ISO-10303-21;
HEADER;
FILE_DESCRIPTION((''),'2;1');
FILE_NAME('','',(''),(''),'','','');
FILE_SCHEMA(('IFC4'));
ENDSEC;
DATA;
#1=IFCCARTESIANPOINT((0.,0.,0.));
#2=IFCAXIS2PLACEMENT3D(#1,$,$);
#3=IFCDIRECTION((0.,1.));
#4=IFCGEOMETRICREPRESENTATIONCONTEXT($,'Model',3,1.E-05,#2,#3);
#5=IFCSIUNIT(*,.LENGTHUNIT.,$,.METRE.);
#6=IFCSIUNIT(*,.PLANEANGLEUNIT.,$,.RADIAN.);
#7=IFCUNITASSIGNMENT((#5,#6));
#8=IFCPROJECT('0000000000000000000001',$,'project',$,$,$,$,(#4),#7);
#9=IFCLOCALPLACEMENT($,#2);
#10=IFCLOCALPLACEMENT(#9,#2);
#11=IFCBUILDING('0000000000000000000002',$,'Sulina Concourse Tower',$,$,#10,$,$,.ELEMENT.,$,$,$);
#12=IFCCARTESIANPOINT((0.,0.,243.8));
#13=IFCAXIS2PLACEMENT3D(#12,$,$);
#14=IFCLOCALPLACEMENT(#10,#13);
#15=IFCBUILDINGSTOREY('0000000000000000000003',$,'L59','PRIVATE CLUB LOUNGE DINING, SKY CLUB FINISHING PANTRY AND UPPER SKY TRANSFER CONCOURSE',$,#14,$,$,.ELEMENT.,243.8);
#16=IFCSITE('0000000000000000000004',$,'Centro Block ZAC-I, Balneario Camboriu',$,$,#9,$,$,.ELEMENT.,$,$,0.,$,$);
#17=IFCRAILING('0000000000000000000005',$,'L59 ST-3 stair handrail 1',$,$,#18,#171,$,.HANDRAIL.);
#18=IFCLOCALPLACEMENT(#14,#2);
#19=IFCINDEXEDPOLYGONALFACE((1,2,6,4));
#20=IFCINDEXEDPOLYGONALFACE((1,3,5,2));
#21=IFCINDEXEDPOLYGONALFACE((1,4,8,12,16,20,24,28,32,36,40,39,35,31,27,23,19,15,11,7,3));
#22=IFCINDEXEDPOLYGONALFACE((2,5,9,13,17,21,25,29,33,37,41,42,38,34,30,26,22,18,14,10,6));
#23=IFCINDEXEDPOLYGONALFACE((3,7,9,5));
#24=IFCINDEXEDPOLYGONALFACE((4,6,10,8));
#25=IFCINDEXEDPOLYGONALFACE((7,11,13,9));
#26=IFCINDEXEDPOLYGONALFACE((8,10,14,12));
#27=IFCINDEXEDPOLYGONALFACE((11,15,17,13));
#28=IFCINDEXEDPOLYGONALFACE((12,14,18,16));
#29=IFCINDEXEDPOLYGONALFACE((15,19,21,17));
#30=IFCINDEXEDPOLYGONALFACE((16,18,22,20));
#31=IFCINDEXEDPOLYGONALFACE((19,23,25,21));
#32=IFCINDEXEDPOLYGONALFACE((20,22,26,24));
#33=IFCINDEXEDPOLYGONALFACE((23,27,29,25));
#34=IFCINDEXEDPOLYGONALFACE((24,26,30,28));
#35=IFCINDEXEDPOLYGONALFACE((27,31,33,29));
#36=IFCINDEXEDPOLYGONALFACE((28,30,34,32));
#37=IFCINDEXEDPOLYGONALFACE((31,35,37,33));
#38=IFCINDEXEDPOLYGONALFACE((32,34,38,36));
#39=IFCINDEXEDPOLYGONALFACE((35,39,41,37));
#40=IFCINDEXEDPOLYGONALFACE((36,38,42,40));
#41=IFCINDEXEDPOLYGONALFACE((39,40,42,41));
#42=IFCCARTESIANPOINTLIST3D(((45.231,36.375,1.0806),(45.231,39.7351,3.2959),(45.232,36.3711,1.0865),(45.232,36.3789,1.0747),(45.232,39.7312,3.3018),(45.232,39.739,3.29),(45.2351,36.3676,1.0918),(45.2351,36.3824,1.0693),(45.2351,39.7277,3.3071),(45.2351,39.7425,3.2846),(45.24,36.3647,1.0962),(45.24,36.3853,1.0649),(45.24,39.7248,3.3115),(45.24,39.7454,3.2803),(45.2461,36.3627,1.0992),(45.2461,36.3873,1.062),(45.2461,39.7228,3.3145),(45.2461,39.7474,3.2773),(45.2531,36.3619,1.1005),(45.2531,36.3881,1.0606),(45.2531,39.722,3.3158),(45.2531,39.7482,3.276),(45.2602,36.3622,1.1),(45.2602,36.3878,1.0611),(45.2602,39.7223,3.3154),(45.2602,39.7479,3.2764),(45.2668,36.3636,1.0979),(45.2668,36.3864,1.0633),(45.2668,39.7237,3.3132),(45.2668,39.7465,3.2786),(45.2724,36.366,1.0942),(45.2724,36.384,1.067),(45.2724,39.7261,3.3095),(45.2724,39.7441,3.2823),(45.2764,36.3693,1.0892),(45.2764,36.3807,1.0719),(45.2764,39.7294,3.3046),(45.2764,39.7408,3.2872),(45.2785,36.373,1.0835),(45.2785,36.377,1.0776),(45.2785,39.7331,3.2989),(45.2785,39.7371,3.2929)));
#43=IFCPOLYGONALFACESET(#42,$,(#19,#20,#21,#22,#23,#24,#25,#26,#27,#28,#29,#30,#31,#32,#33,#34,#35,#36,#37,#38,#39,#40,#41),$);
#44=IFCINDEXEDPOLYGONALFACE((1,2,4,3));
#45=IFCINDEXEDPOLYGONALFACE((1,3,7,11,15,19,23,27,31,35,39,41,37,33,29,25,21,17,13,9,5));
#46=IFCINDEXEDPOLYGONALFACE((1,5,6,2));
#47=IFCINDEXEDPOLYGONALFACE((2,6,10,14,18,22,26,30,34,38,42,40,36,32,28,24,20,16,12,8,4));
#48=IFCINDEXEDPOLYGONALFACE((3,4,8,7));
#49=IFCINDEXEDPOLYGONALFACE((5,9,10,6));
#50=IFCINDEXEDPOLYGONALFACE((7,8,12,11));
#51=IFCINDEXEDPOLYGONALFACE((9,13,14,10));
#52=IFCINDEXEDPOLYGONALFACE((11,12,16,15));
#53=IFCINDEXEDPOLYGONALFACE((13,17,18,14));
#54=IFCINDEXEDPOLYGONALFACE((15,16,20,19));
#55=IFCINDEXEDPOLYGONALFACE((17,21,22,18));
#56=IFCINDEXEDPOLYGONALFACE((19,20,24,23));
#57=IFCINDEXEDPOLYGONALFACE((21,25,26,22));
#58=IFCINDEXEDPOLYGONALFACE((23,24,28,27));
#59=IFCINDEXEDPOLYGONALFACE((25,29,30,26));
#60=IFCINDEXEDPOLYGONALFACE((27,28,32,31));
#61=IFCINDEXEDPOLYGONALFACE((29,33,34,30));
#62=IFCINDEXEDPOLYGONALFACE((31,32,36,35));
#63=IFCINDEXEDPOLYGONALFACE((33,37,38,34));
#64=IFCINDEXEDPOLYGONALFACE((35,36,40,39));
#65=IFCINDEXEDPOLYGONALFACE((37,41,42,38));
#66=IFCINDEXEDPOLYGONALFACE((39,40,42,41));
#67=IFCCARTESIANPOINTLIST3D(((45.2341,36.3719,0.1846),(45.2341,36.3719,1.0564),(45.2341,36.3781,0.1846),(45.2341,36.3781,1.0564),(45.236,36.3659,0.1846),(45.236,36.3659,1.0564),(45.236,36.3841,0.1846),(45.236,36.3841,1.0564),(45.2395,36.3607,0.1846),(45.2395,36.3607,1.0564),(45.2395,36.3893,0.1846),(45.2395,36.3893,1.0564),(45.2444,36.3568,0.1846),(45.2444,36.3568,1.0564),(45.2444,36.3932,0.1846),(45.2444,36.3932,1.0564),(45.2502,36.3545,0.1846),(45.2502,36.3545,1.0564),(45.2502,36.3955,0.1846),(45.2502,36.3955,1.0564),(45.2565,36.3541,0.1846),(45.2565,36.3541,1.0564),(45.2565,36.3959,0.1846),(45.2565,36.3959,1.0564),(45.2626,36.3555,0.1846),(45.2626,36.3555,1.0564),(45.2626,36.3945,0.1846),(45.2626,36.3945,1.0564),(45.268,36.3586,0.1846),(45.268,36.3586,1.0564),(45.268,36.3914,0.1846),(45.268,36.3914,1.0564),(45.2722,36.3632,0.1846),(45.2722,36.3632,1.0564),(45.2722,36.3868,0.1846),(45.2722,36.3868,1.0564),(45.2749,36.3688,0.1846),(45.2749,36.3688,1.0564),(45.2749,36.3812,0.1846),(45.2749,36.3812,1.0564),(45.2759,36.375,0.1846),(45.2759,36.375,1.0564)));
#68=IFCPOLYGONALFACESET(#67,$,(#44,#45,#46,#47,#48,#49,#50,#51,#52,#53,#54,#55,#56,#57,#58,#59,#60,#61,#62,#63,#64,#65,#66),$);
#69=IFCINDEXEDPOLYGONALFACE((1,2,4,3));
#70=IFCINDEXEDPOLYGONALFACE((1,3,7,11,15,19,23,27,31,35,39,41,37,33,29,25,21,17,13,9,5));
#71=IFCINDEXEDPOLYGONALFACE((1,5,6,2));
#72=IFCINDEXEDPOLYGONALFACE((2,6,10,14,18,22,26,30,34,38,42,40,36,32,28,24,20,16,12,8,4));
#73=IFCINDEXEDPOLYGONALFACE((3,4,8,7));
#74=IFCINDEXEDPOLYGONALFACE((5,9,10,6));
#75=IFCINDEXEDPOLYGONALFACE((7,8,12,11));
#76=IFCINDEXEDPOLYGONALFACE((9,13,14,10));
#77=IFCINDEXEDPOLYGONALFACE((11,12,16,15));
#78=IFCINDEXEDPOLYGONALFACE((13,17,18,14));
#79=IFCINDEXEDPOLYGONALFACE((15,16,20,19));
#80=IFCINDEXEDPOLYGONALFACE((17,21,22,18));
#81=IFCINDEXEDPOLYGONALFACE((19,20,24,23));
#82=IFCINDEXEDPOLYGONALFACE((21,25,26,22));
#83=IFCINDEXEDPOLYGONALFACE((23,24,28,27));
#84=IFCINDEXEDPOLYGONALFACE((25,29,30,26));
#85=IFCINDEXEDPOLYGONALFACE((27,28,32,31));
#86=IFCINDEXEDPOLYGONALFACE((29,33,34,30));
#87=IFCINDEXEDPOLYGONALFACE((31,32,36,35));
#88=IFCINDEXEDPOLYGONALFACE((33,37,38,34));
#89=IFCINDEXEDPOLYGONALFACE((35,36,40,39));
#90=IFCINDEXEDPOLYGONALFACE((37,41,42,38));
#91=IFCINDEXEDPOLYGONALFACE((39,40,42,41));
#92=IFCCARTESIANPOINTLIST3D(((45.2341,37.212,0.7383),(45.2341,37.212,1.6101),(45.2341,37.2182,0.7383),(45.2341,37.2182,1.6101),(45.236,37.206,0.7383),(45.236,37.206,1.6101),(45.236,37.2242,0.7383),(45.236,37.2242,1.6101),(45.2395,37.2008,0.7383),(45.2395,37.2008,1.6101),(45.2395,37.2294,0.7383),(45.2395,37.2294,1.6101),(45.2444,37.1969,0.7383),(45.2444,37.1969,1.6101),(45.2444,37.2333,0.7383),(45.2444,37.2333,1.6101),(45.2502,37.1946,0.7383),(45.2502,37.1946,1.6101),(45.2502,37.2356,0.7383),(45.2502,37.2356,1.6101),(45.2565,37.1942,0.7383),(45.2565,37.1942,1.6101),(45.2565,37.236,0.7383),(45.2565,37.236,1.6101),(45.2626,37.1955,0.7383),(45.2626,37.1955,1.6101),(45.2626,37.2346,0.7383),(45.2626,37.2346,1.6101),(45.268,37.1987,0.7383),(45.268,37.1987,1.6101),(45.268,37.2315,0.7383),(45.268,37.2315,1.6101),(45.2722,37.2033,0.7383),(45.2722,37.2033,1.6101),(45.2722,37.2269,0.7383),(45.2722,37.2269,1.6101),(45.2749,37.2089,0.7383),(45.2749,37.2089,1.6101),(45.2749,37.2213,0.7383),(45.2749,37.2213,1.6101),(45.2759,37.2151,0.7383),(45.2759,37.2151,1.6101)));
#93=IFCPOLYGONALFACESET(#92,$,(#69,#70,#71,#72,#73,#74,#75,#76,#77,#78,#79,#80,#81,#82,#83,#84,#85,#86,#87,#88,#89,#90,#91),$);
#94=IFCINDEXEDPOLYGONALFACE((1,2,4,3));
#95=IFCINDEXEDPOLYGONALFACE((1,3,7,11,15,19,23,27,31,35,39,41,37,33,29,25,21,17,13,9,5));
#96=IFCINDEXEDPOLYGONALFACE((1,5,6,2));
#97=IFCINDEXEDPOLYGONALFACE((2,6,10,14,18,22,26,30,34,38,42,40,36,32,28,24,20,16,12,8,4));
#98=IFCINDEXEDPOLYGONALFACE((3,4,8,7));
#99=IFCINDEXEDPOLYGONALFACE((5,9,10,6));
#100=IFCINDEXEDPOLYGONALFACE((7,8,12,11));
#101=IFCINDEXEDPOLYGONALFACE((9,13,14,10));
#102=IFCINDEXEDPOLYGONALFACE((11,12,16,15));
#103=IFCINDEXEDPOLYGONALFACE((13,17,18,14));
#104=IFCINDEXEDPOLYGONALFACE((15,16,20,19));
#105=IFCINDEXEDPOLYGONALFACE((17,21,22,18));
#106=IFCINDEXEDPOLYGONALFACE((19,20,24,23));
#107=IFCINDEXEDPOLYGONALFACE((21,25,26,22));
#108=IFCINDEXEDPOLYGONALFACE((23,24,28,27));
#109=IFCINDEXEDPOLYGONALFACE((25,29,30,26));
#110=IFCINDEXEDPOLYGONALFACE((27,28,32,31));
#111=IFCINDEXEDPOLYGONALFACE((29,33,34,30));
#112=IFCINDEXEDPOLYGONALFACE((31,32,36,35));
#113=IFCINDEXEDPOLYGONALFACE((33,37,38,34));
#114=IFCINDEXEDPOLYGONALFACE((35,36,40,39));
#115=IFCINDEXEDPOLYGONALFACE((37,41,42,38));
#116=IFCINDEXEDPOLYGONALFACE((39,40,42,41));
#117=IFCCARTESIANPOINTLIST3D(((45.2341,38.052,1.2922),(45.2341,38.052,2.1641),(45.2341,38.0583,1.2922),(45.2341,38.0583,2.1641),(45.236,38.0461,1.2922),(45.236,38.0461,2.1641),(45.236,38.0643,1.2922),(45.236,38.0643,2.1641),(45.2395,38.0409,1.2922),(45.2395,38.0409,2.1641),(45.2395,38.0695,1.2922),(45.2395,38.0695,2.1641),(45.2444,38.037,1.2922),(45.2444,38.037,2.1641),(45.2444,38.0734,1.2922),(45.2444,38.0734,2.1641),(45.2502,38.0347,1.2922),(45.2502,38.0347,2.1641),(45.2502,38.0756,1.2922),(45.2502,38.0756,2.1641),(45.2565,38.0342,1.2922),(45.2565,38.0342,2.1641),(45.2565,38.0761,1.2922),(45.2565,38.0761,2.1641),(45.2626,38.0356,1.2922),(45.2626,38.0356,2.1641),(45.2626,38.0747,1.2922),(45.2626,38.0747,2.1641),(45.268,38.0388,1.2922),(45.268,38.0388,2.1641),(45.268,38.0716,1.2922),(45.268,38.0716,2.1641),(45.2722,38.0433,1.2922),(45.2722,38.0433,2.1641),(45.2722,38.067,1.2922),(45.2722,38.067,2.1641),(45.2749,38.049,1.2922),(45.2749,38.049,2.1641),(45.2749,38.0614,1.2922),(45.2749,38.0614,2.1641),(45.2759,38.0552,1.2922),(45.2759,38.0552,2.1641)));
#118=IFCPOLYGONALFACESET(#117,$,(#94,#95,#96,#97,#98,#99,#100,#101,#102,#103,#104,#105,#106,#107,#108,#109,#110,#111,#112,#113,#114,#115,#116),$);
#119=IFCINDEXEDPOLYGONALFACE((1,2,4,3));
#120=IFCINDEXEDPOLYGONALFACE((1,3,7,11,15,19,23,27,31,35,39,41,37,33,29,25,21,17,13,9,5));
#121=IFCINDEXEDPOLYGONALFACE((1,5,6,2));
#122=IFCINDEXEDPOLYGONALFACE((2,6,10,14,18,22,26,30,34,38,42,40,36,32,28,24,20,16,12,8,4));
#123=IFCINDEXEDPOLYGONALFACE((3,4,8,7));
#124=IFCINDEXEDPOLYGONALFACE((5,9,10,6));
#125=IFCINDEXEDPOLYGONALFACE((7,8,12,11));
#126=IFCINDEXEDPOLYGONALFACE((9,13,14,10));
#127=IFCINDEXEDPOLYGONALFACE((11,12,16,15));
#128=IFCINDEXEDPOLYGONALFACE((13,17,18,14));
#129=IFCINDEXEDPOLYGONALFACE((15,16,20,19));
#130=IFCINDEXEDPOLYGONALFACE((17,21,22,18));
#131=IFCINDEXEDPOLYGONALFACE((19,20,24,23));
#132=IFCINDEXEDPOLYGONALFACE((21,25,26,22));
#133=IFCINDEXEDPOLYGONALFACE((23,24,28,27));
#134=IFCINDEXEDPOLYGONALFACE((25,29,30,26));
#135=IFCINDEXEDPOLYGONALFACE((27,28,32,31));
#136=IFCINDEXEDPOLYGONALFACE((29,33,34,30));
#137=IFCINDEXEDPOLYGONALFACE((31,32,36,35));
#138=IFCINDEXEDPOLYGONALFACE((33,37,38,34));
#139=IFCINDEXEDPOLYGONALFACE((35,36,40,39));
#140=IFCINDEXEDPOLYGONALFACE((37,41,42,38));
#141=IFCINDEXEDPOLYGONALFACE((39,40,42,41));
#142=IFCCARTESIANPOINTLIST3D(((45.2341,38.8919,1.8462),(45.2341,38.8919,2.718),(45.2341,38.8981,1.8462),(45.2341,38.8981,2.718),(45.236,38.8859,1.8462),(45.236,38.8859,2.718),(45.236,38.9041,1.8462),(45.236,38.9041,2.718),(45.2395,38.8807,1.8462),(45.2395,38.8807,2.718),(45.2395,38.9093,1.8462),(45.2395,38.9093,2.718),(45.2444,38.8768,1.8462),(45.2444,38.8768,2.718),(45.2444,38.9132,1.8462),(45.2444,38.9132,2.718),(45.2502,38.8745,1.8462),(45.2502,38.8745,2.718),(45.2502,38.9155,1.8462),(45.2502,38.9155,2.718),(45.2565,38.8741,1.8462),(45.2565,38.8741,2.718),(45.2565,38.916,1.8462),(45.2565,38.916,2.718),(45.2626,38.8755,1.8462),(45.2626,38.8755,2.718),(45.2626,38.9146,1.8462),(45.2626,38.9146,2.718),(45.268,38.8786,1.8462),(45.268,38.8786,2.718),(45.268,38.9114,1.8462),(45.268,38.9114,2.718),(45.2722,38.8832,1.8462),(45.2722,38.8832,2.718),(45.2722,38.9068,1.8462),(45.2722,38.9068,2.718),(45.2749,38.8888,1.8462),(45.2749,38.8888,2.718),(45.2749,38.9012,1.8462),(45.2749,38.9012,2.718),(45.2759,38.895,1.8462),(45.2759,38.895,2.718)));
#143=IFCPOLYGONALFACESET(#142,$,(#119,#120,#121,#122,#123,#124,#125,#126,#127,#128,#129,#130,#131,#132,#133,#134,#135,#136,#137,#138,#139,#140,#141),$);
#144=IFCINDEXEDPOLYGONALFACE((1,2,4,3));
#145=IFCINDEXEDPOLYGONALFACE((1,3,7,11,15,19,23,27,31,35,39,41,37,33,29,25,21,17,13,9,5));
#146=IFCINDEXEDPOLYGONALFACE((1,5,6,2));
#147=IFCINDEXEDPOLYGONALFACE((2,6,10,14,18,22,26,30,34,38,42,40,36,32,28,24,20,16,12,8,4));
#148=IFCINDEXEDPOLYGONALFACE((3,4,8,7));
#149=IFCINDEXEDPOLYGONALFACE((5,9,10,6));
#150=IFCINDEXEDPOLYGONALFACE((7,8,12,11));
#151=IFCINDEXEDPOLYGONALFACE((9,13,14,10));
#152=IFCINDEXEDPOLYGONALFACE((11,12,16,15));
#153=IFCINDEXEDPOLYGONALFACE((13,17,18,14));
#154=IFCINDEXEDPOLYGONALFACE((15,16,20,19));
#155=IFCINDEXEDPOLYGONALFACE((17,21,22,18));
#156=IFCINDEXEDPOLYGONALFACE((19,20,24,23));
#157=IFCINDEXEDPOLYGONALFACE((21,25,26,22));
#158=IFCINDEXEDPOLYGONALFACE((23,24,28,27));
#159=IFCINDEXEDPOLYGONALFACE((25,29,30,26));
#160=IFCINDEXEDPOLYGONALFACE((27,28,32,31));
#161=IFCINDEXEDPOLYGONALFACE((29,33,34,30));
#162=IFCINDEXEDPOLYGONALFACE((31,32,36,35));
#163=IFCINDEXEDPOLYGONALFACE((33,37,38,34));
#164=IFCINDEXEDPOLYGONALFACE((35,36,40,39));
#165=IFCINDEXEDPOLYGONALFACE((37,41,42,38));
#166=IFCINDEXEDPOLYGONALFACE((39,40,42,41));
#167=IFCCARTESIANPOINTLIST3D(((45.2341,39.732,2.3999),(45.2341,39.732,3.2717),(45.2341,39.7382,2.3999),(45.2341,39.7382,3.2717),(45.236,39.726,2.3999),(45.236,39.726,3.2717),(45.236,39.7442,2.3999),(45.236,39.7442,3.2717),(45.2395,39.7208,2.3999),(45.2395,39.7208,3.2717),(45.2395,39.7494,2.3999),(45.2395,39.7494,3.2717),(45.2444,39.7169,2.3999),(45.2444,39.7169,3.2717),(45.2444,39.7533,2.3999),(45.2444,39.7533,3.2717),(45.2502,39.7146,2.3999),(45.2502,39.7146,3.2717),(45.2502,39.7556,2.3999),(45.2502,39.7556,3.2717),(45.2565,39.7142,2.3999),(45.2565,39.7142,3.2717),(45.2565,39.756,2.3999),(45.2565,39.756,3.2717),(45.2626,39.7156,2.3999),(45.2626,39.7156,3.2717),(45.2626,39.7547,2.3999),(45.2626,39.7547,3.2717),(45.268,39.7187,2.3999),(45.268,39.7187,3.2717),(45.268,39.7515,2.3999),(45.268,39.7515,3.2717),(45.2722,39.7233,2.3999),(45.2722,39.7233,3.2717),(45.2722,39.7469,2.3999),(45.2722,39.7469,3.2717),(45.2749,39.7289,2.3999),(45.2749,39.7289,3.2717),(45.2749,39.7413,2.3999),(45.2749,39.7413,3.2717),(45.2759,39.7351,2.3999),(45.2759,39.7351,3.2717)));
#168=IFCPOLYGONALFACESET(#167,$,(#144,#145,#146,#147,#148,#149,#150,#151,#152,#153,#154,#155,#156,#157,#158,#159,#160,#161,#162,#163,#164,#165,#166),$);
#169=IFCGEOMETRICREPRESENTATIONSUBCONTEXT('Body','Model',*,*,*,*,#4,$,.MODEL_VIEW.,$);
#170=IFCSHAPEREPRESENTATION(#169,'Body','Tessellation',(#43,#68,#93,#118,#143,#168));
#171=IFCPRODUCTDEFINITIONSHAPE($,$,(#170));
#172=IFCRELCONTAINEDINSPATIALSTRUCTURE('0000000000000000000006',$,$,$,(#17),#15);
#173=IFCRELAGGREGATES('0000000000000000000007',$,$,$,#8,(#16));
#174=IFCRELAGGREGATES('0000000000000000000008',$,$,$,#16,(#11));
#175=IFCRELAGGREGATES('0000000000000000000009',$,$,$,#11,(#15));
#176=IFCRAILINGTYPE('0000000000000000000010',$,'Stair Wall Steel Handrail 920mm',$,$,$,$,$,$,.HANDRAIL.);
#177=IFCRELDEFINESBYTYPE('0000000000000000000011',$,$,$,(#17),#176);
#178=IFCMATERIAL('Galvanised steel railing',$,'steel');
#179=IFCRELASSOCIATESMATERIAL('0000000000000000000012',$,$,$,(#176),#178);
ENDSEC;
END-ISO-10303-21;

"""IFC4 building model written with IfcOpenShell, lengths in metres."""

from ifc_helpers import new_model, si_unit, direction, frame, origin, origin_2d, place, context, subcontext, project, spatial, circle, extrude, material, type_object, element, save


model = new_model("IFC4")

# Units and contexts
model_context = context("Model", 3, precision=1e-05, world=origin(), true_north=direction((0.0, 1.0)))
body_context = subcontext(model_context, "Body", "Model", "MODEL_VIEW")
ifc_project = project(units=[si_unit("LENGTHUNIT", "METRE"), si_unit("PLANEANGLEUNIT", "RADIAN")], contexts=[model_context])

# Site, building, storey
site_placement = place(None, origin())
site = spatial("IfcSite", under=ifc_project, at=site_placement, Name="Centro Block ZAC-I, Balneario Camboriu", CompositionType="ELEMENT", RefElevation=0.0)
building_placement = place(site_placement, origin())
building = spatial("IfcBuilding", under=site, at=building_placement, Name="Sulina Concourse Tower", CompositionType="ELEMENT")
storey_placement = place(building_placement, frame((0.0, 0.0, 243.8)))
storey = spatial("IfcBuildingStorey", under=building, at=storey_placement, Name="L59", Description="PRIVATE CLUB LOUNGE DINING, SKY CLUB FINISHING PANTRY AND UPPER SKY TRANSFER CONCOURSE", CompositionType="ELEMENT", Elevation=243.8)

# Railing
ifc_material_1 = material(Name="Galvanised steel railing", Category="steel")
railing_type_1 = type_object("IfcRailingType", Name="Stair Wall Steel Handrail 920mm", PredefinedType="HANDRAIL", material=ifc_material_1)
railing_1_placement = place(storey_placement, frame((45.2549, 36.375, 0.1846)))
element("IfcRailing", 1, at=railing_1_placement, inside=storey, type_object=railing_type_1, Name="L59 ST-3 stair handrail 1", PredefinedType="HANDRAIL", context=body_context, shape_type="SweptSolid", body=[
    extrude(circle(Radius=0.0239, at=origin_2d()), frame((0.0, 0.0, 0.896), z_axis=(0.0, 0.834876, 0.550437), x_axis=(-1.0, 0.0, 0.0)), (0.0, 0.0, 1.0), 4.0247),
    extrude(circle(Radius=0.021, at=origin_2d()), origin(), (0.0, 0.0, 1.0), 0.8718),
    extrude(circle(Radius=0.021, at=origin_2d()), frame((0.0, 0.8401, 0.5537)), (0.0, 0.0, 1.0), 0.8718),
    extrude(circle(Radius=0.021, at=origin_2d()), frame((0.0, 1.6802, 1.1077)), (0.0, 0.0, 1.0), 0.8718),
    extrude(circle(Radius=0.021, at=origin_2d()), frame((0.0, 2.52, 1.6616)), (0.0, 0.0, 1.0), 0.8718),
    extrude(circle(Radius=0.021, at=origin_2d()), frame((0.0, 3.3601, 2.2153)), (0.0, 0.0, 1.0), 0.8718),
])

save(model, "model.ifc")
